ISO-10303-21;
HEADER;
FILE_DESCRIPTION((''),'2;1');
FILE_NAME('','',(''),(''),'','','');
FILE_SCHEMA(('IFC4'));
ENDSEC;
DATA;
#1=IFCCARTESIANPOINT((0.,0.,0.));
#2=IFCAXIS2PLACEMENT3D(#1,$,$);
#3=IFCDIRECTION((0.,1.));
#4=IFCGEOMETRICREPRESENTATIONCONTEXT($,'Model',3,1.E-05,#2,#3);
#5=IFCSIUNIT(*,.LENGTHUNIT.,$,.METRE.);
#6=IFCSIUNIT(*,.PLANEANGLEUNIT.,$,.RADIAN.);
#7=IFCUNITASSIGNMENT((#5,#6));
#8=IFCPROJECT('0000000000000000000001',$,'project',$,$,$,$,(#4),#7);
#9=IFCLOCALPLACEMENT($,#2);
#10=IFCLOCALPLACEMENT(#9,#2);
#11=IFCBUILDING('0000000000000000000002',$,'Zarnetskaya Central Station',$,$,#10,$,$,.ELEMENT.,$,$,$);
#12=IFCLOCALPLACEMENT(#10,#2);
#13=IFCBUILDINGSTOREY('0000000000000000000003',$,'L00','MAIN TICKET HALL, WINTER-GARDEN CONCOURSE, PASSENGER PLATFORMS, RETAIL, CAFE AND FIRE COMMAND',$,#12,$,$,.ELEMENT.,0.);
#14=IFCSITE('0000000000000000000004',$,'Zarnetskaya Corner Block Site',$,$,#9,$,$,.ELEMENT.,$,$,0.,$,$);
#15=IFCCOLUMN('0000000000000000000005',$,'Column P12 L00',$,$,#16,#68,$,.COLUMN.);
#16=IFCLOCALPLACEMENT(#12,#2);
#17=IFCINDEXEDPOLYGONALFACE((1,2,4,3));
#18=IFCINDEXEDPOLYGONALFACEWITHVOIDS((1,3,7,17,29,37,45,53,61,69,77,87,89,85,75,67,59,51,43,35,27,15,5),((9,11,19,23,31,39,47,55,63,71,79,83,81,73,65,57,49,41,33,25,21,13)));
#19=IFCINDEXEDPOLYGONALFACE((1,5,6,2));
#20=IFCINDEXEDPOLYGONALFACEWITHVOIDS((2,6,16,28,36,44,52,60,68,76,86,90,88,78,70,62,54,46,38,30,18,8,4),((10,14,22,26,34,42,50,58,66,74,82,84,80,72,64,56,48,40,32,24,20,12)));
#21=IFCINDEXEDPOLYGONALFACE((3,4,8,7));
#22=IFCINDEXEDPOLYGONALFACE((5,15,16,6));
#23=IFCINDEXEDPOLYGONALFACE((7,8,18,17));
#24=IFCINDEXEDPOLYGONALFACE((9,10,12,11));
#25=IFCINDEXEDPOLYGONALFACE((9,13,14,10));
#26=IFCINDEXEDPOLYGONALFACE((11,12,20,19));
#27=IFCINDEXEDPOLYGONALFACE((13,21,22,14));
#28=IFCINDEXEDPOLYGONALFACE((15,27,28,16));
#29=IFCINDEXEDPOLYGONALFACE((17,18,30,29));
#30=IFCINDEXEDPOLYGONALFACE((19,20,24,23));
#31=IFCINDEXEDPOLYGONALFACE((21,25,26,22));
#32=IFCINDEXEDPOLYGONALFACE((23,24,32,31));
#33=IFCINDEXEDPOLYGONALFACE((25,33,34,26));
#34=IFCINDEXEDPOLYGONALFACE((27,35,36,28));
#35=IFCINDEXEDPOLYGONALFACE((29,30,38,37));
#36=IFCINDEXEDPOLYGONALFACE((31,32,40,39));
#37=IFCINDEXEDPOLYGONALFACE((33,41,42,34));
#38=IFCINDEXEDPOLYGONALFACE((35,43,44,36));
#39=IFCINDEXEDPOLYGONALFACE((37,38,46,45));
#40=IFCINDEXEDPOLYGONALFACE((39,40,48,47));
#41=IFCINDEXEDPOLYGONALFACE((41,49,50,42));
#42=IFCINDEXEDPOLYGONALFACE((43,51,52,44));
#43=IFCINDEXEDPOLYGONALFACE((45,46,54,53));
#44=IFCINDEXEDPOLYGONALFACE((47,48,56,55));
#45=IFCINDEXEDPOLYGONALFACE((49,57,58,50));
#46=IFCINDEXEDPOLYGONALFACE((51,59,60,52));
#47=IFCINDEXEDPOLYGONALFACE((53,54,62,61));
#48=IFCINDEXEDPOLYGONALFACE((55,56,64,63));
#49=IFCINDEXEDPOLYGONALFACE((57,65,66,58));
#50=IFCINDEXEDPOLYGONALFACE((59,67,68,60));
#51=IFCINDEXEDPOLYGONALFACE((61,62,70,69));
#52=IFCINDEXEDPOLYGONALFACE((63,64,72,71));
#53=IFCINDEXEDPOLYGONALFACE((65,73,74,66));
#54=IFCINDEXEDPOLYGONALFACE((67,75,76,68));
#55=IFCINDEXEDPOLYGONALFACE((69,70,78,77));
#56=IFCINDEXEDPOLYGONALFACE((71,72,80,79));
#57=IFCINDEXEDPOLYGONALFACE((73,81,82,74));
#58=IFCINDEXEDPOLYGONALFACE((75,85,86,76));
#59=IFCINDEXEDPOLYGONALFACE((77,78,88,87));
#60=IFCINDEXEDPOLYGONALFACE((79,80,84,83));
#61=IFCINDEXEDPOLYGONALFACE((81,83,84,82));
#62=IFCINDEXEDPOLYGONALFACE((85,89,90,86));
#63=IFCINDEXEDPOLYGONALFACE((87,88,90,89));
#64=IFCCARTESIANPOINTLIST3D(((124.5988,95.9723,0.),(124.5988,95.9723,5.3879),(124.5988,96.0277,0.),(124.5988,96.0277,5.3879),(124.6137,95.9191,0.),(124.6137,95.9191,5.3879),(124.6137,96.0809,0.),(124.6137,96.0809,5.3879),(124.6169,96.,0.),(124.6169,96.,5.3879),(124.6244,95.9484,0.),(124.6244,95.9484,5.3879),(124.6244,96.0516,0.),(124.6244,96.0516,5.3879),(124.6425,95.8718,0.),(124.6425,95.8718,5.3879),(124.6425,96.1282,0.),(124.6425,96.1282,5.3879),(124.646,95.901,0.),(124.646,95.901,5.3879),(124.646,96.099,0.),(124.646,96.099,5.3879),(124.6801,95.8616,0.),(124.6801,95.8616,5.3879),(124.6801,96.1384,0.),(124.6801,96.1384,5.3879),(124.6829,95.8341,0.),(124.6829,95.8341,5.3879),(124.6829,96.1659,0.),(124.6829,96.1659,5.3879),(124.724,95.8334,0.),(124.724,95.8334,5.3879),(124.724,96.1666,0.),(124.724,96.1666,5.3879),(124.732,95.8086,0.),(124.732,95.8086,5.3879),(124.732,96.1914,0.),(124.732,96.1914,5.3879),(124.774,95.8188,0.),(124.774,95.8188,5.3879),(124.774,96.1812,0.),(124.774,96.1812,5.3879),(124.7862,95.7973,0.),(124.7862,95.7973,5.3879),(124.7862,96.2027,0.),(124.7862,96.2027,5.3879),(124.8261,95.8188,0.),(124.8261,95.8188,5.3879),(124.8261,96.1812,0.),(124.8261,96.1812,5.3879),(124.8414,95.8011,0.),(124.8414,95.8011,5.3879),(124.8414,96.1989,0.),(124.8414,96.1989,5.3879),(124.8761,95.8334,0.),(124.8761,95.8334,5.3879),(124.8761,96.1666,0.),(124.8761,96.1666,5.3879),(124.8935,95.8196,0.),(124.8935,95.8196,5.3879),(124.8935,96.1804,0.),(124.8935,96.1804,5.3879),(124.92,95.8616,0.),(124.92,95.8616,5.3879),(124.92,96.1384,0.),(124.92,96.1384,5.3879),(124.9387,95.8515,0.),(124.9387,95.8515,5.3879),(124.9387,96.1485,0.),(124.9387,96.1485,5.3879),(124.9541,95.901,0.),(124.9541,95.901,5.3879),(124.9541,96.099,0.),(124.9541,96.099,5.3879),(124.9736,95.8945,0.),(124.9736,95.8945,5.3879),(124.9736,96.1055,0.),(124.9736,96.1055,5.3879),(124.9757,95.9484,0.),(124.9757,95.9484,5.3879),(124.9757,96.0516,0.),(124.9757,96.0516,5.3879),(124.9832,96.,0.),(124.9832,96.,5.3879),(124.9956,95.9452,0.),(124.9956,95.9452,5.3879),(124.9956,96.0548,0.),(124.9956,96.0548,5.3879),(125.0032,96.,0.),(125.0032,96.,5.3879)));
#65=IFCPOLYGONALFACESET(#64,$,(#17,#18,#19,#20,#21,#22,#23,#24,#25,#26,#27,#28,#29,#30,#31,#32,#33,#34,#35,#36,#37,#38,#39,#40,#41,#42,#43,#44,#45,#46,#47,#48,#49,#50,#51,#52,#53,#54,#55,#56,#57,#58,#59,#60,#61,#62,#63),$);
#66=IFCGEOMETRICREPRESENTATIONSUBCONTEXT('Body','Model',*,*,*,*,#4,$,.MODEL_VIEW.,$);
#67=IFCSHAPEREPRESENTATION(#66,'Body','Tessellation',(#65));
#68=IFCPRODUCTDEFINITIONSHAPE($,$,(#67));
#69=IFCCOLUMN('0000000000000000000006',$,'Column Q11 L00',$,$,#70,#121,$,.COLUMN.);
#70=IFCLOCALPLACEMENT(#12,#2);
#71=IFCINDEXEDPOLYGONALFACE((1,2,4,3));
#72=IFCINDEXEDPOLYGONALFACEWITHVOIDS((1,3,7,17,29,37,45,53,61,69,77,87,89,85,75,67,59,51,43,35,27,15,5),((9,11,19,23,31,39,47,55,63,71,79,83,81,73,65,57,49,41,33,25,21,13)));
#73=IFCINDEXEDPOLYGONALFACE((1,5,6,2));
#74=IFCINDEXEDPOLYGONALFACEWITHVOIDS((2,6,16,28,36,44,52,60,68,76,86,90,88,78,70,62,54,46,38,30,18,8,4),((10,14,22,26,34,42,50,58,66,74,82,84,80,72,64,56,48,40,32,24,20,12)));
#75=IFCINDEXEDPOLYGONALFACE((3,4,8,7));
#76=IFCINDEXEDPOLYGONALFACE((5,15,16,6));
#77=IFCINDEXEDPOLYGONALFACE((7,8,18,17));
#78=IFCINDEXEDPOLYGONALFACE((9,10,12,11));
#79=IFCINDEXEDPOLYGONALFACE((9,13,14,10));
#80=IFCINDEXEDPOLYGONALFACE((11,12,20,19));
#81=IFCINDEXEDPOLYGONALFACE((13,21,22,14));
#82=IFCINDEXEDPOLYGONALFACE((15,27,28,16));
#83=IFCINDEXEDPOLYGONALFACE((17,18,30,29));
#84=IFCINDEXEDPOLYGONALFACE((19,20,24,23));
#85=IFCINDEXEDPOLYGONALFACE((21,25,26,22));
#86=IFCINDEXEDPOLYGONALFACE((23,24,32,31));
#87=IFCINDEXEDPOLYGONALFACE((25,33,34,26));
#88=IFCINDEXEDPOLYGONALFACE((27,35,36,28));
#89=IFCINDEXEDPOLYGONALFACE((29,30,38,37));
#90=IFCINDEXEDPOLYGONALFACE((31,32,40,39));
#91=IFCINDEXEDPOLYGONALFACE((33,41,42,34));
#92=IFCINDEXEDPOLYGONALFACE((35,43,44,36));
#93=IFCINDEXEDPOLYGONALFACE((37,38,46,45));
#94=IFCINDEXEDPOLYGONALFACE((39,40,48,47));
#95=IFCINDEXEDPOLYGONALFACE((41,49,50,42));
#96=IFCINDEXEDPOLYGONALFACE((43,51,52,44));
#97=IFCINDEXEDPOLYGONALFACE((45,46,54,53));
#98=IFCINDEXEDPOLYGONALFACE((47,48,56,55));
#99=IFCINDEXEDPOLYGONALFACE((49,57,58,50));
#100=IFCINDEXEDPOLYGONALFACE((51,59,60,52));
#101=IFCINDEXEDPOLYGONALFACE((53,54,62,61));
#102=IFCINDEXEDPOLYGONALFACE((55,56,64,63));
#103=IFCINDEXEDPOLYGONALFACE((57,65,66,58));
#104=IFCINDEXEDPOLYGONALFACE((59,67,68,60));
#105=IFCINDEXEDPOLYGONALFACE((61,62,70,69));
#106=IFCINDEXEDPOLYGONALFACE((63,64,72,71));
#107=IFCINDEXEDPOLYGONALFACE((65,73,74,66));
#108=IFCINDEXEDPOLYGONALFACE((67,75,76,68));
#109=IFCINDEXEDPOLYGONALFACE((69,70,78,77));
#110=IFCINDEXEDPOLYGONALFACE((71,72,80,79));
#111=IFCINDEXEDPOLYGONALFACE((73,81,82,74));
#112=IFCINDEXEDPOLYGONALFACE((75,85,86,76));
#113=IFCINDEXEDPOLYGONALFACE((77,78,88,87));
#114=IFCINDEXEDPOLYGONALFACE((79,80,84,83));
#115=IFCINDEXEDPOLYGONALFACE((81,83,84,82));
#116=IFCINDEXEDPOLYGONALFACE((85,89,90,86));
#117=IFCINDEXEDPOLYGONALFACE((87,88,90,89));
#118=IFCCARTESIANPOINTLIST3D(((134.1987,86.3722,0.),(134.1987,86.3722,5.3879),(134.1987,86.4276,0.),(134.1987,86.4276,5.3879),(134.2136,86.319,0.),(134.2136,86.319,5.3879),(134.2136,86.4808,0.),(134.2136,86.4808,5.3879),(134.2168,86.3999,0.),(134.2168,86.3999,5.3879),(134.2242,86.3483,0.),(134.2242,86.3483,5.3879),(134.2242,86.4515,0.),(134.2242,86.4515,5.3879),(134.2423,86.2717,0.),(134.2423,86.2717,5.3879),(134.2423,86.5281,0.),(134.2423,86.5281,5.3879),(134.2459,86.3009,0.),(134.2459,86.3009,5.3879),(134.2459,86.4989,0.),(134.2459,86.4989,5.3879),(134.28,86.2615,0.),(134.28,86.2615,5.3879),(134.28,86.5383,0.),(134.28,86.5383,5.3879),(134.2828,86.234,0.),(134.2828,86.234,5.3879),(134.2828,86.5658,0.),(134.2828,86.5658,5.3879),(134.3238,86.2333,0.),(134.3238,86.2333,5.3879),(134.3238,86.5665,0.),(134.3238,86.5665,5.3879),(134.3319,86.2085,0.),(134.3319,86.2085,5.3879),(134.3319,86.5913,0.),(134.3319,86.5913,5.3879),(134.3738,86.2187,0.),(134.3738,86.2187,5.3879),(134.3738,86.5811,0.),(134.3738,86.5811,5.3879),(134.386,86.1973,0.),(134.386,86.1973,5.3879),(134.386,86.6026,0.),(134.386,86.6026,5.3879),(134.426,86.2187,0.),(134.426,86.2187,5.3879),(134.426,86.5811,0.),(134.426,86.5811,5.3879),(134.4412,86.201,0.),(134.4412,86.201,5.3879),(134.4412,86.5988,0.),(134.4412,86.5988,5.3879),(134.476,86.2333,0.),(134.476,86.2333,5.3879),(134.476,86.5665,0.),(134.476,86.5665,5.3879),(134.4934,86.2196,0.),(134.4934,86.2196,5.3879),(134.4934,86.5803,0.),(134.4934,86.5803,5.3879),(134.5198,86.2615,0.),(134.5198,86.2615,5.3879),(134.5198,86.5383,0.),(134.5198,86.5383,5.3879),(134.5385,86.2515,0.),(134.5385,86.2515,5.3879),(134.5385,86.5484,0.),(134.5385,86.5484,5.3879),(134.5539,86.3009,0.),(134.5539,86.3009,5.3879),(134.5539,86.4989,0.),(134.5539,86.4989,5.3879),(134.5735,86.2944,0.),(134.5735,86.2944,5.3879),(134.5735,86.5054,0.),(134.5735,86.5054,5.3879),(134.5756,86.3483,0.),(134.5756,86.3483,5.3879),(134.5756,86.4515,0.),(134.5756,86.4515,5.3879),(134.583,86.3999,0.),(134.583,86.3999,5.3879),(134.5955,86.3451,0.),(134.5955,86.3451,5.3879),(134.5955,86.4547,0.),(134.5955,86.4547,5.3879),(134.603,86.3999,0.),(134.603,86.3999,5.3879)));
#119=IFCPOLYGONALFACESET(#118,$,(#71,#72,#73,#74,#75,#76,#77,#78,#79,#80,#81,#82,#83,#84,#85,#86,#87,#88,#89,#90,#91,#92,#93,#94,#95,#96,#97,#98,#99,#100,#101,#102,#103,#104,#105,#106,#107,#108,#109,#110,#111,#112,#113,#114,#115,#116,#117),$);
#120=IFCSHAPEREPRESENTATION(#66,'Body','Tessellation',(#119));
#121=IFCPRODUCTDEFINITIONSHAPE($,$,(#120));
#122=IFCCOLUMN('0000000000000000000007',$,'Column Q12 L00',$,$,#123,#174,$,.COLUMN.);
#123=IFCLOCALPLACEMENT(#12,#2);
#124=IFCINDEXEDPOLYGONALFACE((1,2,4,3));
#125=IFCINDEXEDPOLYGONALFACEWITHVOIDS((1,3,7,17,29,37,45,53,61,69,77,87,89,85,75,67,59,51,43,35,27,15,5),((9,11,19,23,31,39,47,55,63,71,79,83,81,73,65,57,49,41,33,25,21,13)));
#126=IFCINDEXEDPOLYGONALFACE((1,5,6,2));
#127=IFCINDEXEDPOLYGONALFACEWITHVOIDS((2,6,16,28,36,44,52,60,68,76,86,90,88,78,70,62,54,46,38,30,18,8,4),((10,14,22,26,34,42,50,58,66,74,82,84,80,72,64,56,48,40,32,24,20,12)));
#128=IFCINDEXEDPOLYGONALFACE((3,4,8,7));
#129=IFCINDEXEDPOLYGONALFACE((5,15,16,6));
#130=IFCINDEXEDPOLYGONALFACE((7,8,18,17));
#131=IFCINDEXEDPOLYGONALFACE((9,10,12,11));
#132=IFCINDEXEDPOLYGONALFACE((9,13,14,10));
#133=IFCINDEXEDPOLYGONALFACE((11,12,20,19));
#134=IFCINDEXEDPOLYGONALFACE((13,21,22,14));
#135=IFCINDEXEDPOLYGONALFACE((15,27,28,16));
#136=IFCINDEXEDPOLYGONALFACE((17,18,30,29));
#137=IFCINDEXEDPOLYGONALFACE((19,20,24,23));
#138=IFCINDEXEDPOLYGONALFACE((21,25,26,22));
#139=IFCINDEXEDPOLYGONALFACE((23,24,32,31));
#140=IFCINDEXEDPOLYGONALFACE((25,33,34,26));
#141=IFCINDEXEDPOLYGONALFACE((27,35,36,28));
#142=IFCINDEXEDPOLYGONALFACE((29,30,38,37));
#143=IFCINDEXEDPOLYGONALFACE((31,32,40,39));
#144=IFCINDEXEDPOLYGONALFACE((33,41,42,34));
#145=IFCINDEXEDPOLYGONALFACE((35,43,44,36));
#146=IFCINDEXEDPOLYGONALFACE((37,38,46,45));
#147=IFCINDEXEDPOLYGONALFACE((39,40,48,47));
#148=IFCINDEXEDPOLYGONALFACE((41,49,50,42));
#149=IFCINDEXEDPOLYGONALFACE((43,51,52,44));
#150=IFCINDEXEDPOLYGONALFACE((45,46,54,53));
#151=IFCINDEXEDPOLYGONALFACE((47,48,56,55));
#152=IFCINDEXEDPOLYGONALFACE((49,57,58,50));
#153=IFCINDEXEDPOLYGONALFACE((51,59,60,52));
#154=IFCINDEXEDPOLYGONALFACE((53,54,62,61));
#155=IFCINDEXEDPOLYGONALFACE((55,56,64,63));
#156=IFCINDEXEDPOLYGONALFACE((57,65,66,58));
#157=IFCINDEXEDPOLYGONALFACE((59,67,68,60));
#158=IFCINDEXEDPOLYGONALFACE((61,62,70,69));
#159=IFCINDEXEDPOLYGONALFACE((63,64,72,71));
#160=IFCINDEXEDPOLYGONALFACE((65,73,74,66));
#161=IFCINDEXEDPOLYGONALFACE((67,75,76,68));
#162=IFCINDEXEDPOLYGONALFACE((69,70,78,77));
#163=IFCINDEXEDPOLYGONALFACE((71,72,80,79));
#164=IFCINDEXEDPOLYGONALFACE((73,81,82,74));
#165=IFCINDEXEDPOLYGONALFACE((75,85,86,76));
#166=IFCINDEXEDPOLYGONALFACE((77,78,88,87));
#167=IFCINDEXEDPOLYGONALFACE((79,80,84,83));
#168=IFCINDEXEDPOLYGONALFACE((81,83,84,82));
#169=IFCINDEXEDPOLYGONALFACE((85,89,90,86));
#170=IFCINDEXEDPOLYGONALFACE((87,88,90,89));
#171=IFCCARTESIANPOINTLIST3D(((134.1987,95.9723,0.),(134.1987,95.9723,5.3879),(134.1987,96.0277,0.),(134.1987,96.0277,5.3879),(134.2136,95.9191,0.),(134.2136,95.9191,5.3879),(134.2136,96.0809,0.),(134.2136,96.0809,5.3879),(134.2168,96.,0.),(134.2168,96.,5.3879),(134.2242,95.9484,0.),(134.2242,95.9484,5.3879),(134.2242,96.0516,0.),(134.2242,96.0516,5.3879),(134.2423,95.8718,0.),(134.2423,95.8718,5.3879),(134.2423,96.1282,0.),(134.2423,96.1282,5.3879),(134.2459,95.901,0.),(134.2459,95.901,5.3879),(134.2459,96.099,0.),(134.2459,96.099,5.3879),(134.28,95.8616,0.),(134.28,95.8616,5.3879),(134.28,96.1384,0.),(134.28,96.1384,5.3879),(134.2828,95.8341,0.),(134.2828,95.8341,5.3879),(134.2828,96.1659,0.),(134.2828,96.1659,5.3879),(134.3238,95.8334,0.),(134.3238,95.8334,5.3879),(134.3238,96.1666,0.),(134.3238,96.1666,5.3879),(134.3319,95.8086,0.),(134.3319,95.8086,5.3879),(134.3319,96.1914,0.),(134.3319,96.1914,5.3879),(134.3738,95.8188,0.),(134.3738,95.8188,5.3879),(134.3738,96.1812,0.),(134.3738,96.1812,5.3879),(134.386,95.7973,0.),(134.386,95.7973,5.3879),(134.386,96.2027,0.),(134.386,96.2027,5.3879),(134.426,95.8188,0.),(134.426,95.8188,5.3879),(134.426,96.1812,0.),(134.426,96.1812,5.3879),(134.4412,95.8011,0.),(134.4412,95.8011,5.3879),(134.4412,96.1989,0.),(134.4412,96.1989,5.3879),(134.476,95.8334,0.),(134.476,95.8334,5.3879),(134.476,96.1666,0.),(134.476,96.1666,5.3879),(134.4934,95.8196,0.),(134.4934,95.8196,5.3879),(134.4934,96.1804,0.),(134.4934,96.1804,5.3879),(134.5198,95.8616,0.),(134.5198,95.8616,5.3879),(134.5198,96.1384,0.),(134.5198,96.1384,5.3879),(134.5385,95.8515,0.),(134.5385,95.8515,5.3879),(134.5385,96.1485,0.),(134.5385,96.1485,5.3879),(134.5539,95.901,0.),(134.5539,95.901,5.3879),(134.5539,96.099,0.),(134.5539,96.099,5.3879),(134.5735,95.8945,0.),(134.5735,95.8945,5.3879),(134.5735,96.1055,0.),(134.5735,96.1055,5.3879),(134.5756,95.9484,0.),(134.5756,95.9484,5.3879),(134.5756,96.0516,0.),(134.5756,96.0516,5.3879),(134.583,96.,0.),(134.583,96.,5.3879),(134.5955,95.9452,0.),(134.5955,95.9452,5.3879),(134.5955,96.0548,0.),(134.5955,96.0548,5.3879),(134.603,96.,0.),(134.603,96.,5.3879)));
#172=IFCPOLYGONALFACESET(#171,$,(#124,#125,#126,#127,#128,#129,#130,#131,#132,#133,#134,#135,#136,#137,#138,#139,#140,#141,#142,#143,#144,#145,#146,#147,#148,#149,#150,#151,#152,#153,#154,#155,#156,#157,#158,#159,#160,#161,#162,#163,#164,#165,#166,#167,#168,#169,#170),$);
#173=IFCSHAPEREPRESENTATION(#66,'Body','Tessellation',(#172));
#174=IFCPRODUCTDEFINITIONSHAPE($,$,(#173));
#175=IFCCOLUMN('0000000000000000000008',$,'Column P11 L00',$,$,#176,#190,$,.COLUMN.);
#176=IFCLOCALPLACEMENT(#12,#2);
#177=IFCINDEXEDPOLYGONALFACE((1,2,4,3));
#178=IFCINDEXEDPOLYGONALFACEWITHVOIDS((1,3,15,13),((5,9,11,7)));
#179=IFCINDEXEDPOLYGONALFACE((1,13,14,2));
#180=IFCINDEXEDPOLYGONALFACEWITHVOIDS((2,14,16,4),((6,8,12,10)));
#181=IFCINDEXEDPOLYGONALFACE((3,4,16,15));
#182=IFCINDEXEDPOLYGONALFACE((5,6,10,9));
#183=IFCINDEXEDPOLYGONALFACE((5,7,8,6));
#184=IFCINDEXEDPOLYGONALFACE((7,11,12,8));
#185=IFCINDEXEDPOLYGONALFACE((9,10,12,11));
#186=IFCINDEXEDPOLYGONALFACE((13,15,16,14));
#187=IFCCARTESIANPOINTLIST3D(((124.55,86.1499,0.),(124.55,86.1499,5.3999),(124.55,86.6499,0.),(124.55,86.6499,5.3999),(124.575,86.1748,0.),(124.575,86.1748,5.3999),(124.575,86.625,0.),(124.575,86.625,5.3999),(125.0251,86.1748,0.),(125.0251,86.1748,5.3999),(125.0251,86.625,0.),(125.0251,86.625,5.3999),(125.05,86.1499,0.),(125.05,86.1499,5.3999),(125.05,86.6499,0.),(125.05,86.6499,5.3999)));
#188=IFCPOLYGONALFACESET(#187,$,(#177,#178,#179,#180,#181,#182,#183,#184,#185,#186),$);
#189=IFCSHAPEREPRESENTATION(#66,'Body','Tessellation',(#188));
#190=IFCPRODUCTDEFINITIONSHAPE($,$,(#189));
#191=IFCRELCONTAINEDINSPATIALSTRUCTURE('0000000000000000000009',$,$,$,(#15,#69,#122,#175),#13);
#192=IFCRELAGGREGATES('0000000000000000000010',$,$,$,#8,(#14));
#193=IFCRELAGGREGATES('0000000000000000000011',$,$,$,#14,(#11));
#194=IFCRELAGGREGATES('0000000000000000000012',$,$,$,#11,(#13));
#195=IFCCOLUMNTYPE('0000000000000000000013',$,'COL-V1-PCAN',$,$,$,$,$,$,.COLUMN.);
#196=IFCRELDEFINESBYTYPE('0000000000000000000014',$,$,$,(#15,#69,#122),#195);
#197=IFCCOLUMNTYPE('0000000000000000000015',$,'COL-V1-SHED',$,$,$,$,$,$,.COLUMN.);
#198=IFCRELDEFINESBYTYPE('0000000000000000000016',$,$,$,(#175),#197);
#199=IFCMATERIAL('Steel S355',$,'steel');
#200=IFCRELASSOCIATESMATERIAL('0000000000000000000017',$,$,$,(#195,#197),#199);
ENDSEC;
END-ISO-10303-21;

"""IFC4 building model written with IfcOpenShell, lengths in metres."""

from ifc_helpers import new_model, si_unit, direction, frame, origin, origin_2d, place, context, subcontext, project, spatial, hollow_rectangle, hollow_circle, extrude, material, material_profile, profile_set, type_object, element, save


model = new_model("IFC4")

# Units and contexts
model_context = context("Model", 3, precision=1e-05, world=origin(), true_north=direction((0.0, 1.0)))
body_context = subcontext(model_context, "Body", "Model", "MODEL_VIEW")
ifc_project = project(units=[si_unit("LENGTHUNIT", "METRE"), si_unit("PLANEANGLEUNIT", "RADIAN")], contexts=[model_context])

# Site, building, storey
site_placement = place(None, origin())
site = spatial("IfcSite", under=ifc_project, at=site_placement, Name="Zarnetskaya Corner Block Site", CompositionType="ELEMENT", RefElevation=0.0)
building_placement = place(site_placement, origin())
building = spatial("IfcBuilding", under=site, at=building_placement, Name="Zarnetskaya Central Station", CompositionType="ELEMENT")
storey_placement = place(building_placement, origin())
storey = spatial("IfcBuildingStorey", under=building, at=storey_placement, Name="L00", Description="MAIN TICKET HALL, WINTER-GARDEN CONCOURSE, PASSENGER PLATFORMS, RETAIL, CAFE AND FIRE COMMAND", CompositionType="ELEMENT", Elevation=0.0)

# Columns
ifc_material = material(Name="Steel S355", Category="steel")
ifc_material_profile_1 = material_profile(ifc_material, hollow_circle(Radius=0.2031, WallThickness=0.02, at=origin_2d()), Name="CHS 406.4x20")
ifc_profile_set_1 = profile_set([ifc_material_profile_1], Name="Steel S355")
column_type_1 = type_object("IfcColumnType", Name="COL-V1-PCAN", PredefinedType="COLUMN", material=ifc_profile_set_1)
for number, where, z_axis, x_axis, name in (
    (1, (124.8, 96.0, 0.0), (0.0, 0.0, 1.0), (1.0, 0.0, 0.0), "Column P12 L00"),
    (2, (134.3999, 86.3999, 0.0), (0.0, 0.0, 1.0), (1.0, 0.0, 0.0), "Column Q11 L00"),
    (3, (134.3999, 96.0, 0.0), (0.0, 0.0, 1.0), (1.0, 0.0, 0.0), "Column Q12 L00"),
):
    element("IfcColumn", number, at=place(storey_placement, frame(where, z_axis=z_axis, x_axis=x_axis)), inside=storey, type_object=column_type_1, Name=name, PredefinedType="COLUMN", context=body_context, shape_type="SweptSolid", body=[
        extrude(hollow_circle(Radius=0.2031, WallThickness=0.02, at=origin_2d()), origin(), (0.0, 0.0, 1.0), 5.3879),
    ])
ifc_material_profile_2 = material_profile(ifc_material, hollow_rectangle(XDim=0.5, YDim=0.5, WallThickness=0.0249, at=origin_2d()), Name="BOX 500x500x25")
ifc_profile_set_2 = profile_set([ifc_material_profile_2], Name="Steel S355")
column_type_2 = type_object("IfcColumnType", Name="COL-V1-SHED", PredefinedType="COLUMN", material=ifc_profile_set_2)
column_placement = place(storey_placement, frame((124.8, 86.3999, 0.0), z_axis=(0.0, 0.0, 1.0), x_axis=(1.0, 0.0, 0.0)))
element("IfcColumn", 4, at=column_placement, inside=storey, type_object=column_type_2, Name="Column P11 L00", PredefinedType="COLUMN", context=body_context, shape_type="SweptSolid", body=[
    extrude(hollow_rectangle(XDim=0.5, YDim=0.5, WallThickness=0.0249, at=origin_2d()), origin(), (0.0, 0.0, 1.0), 5.3999),
])

save(model, "model.ifc")
